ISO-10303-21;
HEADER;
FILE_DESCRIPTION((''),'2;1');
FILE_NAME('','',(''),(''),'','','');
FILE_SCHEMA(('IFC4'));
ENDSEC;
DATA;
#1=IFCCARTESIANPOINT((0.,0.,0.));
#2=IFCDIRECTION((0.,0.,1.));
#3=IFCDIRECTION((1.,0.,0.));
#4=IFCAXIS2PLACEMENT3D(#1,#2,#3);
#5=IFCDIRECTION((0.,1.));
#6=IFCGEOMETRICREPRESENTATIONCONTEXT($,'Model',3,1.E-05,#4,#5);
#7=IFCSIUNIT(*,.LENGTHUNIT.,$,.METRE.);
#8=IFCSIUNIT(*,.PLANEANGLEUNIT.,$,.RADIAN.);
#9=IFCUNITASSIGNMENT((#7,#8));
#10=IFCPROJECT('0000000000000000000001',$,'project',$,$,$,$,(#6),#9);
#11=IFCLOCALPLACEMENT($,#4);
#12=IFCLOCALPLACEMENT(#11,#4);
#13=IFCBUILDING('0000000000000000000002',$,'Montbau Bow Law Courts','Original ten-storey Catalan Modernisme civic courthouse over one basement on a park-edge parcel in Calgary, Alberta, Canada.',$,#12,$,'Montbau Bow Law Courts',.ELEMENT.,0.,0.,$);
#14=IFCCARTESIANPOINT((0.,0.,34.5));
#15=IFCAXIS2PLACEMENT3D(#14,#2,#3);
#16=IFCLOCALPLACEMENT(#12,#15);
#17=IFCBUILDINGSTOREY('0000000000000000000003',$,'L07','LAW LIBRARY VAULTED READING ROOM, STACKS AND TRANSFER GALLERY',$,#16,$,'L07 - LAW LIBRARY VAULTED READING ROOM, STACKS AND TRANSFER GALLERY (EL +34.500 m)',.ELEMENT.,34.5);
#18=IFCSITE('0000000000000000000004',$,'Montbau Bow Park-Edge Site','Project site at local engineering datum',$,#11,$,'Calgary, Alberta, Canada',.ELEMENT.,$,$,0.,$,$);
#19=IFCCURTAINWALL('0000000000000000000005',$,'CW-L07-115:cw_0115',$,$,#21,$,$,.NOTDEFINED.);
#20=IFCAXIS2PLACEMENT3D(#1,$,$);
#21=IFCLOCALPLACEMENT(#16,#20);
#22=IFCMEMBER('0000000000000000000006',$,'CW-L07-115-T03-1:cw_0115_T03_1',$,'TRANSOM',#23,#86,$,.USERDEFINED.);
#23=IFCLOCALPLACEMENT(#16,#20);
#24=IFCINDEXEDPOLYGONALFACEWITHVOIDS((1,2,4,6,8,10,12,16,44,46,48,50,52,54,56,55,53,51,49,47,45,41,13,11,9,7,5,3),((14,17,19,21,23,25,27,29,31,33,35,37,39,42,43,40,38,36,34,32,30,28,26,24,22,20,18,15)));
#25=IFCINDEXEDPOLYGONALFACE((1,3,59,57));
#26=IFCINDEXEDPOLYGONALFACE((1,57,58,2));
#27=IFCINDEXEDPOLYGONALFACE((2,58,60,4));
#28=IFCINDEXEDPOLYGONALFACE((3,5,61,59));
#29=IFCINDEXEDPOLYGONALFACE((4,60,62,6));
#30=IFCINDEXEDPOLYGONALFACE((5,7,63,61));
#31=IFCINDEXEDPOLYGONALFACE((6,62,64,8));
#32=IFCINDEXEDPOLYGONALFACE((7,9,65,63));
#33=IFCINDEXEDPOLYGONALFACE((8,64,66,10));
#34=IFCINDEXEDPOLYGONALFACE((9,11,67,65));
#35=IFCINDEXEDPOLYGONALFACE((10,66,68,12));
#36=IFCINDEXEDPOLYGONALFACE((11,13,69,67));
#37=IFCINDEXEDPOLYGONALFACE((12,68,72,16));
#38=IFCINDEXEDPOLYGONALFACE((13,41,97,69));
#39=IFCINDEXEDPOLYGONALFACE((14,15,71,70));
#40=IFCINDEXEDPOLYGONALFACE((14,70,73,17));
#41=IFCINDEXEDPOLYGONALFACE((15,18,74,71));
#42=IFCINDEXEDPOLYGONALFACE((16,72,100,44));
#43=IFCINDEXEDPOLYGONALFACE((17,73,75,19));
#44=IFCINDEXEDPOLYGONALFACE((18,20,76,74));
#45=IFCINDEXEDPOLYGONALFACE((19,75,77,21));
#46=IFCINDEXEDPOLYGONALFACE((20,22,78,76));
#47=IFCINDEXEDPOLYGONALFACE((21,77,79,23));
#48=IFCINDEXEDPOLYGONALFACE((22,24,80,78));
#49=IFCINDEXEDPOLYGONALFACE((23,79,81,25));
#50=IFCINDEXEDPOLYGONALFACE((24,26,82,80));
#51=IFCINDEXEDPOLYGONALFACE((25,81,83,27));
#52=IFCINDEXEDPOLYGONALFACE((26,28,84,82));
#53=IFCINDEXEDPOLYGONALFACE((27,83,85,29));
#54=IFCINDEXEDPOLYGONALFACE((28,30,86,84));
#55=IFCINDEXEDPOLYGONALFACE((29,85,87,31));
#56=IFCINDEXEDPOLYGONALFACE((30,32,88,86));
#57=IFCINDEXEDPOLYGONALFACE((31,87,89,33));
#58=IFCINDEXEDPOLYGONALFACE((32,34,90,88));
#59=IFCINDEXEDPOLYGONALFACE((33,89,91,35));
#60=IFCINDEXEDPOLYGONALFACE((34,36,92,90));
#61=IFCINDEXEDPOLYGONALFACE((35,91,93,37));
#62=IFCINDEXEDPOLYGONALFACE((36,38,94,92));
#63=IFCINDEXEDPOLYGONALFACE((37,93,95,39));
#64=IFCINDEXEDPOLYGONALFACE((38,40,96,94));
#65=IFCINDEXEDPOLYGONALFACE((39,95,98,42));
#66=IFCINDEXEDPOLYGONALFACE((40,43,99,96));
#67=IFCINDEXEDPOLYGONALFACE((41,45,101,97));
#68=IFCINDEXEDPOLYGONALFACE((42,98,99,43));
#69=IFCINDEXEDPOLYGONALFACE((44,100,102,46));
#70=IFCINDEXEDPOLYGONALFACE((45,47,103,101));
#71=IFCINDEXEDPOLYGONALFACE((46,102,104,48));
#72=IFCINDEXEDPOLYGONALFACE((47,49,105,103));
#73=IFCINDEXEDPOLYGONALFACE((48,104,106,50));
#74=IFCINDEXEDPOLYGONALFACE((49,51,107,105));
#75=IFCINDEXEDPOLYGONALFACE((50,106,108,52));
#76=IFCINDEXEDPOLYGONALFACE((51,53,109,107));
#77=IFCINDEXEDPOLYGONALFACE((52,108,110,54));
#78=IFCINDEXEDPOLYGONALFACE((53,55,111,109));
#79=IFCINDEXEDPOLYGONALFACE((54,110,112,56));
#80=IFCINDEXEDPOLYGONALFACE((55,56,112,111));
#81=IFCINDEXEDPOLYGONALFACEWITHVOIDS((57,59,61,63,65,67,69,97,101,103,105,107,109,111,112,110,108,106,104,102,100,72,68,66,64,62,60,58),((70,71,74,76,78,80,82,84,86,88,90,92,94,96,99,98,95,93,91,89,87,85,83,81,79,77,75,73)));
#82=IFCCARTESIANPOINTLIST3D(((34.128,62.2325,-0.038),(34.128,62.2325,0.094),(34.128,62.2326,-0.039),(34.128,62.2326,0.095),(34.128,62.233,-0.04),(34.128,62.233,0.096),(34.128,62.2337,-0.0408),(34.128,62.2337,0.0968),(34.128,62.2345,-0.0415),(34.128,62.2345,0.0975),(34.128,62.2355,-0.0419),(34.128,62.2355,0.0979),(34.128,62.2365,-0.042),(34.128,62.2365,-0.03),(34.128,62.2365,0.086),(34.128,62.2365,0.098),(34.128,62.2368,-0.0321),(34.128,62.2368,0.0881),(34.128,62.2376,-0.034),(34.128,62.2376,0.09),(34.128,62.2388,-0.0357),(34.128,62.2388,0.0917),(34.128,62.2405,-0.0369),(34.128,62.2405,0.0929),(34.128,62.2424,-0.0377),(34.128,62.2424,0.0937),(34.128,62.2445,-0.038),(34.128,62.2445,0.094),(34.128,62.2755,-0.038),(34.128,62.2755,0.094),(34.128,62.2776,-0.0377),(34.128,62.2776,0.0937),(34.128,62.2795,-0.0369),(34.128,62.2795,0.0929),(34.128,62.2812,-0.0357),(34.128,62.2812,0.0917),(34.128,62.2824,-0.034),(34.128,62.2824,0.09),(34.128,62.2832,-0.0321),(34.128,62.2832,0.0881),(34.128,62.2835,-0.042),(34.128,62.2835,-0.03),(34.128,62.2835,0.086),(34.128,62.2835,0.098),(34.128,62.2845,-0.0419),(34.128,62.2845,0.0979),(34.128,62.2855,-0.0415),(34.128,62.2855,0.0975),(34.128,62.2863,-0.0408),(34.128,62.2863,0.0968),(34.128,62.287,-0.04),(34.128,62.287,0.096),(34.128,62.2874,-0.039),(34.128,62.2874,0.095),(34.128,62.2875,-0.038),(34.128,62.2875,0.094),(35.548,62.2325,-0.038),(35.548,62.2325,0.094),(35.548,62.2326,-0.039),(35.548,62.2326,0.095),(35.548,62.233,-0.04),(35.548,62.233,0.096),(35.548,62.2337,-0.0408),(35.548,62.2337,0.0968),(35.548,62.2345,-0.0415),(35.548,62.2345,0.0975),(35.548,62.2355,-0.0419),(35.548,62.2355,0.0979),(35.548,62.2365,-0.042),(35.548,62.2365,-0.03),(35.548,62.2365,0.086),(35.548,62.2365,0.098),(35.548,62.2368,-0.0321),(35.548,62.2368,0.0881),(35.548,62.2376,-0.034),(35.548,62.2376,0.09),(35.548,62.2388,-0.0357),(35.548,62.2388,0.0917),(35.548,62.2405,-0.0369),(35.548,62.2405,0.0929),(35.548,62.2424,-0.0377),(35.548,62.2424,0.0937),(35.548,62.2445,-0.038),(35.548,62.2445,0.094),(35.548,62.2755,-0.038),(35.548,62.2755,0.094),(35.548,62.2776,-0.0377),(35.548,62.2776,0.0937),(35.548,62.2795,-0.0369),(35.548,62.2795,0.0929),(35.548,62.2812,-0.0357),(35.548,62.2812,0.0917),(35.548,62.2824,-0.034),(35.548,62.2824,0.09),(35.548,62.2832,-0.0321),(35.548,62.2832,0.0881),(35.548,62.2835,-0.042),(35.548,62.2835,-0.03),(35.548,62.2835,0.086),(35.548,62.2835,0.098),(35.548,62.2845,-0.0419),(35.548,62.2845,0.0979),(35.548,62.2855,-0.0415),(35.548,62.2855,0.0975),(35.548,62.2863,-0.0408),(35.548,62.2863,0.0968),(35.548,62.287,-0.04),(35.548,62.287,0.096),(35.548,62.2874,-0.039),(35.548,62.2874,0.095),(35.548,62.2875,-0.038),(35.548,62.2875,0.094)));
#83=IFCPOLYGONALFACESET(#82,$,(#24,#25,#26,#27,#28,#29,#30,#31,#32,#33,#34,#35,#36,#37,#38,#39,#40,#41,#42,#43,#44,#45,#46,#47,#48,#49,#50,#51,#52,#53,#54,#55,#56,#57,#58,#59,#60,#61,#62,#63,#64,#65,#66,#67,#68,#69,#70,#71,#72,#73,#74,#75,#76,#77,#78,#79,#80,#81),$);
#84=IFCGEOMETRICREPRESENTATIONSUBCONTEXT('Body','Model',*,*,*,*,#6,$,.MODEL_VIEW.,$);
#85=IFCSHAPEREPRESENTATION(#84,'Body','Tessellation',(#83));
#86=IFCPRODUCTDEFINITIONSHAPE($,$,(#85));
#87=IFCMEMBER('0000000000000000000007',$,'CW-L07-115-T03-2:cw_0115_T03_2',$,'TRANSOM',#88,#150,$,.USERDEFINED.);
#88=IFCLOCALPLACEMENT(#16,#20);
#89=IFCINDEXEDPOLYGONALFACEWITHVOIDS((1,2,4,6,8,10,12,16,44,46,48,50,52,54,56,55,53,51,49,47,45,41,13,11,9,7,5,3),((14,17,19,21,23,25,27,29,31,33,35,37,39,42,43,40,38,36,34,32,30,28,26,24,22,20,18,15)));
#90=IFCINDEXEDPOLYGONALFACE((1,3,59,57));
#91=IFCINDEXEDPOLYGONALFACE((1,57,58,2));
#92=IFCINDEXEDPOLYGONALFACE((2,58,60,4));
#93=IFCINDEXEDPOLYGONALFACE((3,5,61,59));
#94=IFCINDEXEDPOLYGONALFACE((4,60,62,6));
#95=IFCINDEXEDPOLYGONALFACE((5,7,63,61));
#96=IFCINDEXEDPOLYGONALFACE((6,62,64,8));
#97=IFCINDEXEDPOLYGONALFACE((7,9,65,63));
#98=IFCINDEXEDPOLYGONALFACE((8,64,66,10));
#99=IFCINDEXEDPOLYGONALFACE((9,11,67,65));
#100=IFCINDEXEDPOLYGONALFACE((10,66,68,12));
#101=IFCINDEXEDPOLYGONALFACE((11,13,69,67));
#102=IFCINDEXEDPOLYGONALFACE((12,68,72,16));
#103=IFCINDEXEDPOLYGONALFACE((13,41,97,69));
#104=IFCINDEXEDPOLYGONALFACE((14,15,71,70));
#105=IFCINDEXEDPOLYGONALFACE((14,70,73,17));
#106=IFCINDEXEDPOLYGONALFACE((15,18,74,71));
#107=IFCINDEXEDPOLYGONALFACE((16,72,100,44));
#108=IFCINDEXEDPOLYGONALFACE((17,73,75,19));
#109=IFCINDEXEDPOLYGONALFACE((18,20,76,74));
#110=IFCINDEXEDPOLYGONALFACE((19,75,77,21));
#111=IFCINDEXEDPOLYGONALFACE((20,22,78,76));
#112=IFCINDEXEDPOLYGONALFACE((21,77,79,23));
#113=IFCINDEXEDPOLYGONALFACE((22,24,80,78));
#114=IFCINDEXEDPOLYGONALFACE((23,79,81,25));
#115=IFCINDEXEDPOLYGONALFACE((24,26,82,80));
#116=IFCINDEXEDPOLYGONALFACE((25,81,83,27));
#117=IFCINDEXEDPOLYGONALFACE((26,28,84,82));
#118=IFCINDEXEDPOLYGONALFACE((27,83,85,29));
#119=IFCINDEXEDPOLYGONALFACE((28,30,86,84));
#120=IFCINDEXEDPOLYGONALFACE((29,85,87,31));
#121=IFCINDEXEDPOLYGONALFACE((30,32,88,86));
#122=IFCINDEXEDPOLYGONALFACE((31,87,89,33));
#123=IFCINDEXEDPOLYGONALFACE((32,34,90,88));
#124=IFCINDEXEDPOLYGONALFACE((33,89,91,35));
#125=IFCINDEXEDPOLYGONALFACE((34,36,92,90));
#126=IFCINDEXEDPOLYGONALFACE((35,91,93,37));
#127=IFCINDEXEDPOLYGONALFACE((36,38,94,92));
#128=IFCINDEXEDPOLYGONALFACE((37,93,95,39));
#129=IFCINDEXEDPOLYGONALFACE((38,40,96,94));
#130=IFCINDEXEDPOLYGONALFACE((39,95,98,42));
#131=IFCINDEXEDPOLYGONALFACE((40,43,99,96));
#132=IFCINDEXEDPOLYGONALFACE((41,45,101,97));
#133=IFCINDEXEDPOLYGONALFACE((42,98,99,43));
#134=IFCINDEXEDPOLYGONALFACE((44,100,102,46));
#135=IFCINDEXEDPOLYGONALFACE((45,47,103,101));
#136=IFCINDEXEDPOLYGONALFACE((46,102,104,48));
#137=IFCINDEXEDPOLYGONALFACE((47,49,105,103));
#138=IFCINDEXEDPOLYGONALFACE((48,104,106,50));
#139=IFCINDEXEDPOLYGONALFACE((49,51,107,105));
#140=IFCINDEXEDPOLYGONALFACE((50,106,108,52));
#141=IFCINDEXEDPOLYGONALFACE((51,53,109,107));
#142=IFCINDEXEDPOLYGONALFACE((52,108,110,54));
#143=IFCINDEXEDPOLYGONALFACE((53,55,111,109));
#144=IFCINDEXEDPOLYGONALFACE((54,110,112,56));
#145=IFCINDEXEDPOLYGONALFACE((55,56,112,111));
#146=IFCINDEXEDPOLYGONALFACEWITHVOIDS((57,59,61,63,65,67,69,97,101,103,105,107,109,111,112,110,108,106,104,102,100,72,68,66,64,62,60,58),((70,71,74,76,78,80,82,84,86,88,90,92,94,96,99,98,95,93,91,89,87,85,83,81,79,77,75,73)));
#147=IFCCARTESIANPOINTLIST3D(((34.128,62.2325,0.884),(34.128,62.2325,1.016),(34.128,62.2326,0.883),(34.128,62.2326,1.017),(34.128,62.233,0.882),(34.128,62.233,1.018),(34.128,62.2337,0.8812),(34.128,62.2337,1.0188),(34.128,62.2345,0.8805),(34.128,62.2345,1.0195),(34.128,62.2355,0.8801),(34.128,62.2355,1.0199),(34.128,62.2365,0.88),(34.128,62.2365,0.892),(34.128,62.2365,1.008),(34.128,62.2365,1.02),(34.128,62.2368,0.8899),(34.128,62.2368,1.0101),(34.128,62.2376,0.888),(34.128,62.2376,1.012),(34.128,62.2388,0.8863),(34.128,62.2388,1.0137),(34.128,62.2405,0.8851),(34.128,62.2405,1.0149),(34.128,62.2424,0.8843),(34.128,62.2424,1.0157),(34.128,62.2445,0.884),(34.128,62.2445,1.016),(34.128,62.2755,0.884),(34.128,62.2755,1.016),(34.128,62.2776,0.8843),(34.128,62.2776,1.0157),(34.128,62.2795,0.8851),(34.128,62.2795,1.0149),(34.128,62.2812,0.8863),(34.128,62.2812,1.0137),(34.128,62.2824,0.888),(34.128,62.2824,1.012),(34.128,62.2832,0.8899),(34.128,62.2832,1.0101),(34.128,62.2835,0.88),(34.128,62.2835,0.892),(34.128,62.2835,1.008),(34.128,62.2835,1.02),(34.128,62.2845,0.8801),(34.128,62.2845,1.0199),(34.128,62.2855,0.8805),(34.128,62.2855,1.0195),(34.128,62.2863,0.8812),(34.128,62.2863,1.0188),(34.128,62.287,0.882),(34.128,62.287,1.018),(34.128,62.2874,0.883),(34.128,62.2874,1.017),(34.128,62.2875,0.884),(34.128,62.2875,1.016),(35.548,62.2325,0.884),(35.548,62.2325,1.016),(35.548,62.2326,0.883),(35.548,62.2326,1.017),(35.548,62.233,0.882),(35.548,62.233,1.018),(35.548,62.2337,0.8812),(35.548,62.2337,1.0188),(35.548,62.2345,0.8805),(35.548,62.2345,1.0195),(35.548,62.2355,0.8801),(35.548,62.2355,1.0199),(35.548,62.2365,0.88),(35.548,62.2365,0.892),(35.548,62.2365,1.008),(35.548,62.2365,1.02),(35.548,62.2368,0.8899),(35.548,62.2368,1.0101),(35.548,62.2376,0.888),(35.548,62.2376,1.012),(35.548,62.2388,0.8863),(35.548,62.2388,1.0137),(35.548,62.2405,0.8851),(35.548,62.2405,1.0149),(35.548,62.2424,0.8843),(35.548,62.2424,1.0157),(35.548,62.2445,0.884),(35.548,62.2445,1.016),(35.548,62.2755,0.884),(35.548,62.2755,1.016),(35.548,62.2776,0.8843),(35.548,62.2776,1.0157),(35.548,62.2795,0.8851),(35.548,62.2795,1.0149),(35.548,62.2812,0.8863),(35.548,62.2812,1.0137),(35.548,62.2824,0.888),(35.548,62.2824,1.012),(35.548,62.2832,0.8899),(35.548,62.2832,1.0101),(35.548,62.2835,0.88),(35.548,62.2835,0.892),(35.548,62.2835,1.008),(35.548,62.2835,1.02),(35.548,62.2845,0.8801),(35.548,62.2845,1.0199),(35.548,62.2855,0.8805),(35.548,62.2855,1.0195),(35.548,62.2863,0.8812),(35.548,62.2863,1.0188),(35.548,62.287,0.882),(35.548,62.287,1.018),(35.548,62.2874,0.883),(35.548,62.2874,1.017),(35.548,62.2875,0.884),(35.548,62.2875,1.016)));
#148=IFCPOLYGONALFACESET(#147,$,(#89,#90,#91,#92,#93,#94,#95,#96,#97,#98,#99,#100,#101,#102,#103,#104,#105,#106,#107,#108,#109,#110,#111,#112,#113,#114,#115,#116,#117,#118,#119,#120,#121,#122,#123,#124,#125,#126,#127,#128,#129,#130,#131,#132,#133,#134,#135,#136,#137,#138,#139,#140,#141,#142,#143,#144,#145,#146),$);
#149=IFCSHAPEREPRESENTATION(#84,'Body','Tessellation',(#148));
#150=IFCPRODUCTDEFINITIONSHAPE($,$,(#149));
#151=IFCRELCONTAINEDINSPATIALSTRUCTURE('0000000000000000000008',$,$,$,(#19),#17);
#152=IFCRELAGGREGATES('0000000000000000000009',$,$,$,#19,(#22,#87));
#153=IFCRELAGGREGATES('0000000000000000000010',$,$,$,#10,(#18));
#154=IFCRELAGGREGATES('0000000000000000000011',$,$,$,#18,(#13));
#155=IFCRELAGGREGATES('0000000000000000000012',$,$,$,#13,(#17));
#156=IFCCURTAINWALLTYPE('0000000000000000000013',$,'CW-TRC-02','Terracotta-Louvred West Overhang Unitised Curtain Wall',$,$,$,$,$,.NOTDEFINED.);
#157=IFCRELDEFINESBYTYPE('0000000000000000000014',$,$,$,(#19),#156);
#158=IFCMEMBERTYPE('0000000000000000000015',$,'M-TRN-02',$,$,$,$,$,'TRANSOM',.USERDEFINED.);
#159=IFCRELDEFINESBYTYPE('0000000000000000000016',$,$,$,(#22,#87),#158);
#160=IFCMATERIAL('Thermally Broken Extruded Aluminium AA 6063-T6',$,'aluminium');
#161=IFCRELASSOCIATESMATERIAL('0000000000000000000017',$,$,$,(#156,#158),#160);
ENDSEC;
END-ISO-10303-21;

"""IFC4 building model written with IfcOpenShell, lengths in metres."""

from ifc_helpers import new_model, si_unit, direction, frame, origin_with_axes, origin_2d_with_axis, place, context, subcontext, project, spatial, hollow_rectangle, extrude, material, material_profile, profile_set, type_object, element, aggregate, save


model = new_model("IFC4")

# Units and contexts
model_context = context("Model", 3, precision=1e-05, world=origin_with_axes(), true_north=direction((0.0, 1.0)))
body_context = subcontext(model_context, "Body", "Model", "MODEL_VIEW")
ifc_project = project(units=[si_unit("LENGTHUNIT", "METRE"), si_unit("PLANEANGLEUNIT", "RADIAN")], contexts=[model_context])

# Site, building, storey
site_placement = place(None, origin_with_axes())
site = spatial("IfcSite", under=ifc_project, at=site_placement, Name="Montbau Bow Park-Edge Site", Description="Project site at local engineering datum", LongName="Calgary, Alberta, Canada", CompositionType="ELEMENT", RefElevation=0.0)
building_placement = place(site_placement, origin_with_axes())
building = spatial("IfcBuilding", under=site, at=building_placement, Name="Montbau Bow Law Courts", Description="Original ten-storey Catalan Modernisme civic courthouse over one basement on a park-edge parcel in Calgary, Alberta, Canada.", LongName="Montbau Bow Law Courts", CompositionType="ELEMENT", ElevationOfRefHeight=0.0, ElevationOfTerrain=0.0)
storey_placement = place(building_placement, frame((0.0, 0.0, 34.5), z_axis=(0.0, 0.0, 1.0), x_axis=(1.0, 0.0, 0.0)))
storey = spatial("IfcBuildingStorey", under=building, at=storey_placement, Name="L07", Description="LAW LIBRARY VAULTED READING ROOM, STACKS AND TRANSFER GALLERY", LongName="L07 - LAW LIBRARY VAULTED READING ROOM, STACKS AND TRANSFER GALLERY (EL +34.500 m)", CompositionType="ELEMENT", Elevation=34.5)

# Curtain wall, members
ifc_material_1 = material(Name="Thermally Broken Extruded Aluminium AA 6063-T6", Category="aluminium")
curtain_wall_type = type_object("IfcCurtainWallType", Name="CW-TRC-02", Description="Terracotta-Louvred West Overhang Unitised Curtain Wall", PredefinedType="NOTDEFINED", material=ifc_material_1)
curtain_wall_placement = place(None, frame((31.115, 62.26, 34.5), z_axis=(0.0, 0.0, 1.0), x_axis=(1.0, 0.0, 0.0)))
curtain_wall = element("IfcCurtainWall", 1, at=curtain_wall_placement, inside=storey, type_object=curtain_wall_type, Name="CW-L07-115:cw_0115", PredefinedType="NOTDEFINED")
ifc_material_profile_1 = material_profile(ifc_material_1, hollow_rectangle(XDim=0.055, YDim=0.14, WallThickness=0.004, InnerFilletRadius=0.008, OuterFilletRadius=0.004, at=origin_2d_with_axis()), Name="CWT-140X55", Category="Main", Priority=0)
ifc_profile_set_1 = profile_set([ifc_material_profile_1], Name="Thermally Broken Extruded Aluminium AA 6063-T6")
member_type_1 = type_object("IfcMemberType", Name="M-TRN-02", ElementType="TRANSOM", PredefinedType="USERDEFINED", material=ifc_profile_set_1)
member_1_placement = place(None, frame((34.128, 62.26, 34.528), z_axis=(1.0, 0.0, 0.0), x_axis=(0.0, 1.0, 0.0)))
member_1 = element("IfcMember", 2, at=member_1_placement, type_object=member_type_1, Name="CW-L07-115-T03-1:cw_0115_T03_1", ObjectType="TRANSOM", PredefinedType="USERDEFINED", context=body_context, shape_type="SweptSolid", body=[
    extrude(hollow_rectangle(XDim=0.055, YDim=0.14, WallThickness=0.004, InnerFilletRadius=0.008, OuterFilletRadius=0.004, at=origin_2d_with_axis()), origin_with_axes(), (0.0, 0.0, 1.0), 1.42),
])
member_2_placement = place(None, frame((34.128, 62.26, 35.45), z_axis=(1.0, 0.0, 0.0), x_axis=(0.0, 1.0, 0.0)))
member_2 = element("IfcMember", 3, at=member_2_placement, type_object=member_type_1, Name="CW-L07-115-T03-2:cw_0115_T03_2", ObjectType="TRANSOM", PredefinedType="USERDEFINED", context=body_context, shape_type="SweptSolid", body=[
    extrude(hollow_rectangle(XDim=0.055, YDim=0.14, WallThickness=0.004, InnerFilletRadius=0.008, OuterFilletRadius=0.004, at=origin_2d_with_axis()), origin_with_axes(), (0.0, 0.0, 1.0), 1.42),
])
aggregate(curtain_wall, [member_1, member_2])

save(model, "model.ifc")
